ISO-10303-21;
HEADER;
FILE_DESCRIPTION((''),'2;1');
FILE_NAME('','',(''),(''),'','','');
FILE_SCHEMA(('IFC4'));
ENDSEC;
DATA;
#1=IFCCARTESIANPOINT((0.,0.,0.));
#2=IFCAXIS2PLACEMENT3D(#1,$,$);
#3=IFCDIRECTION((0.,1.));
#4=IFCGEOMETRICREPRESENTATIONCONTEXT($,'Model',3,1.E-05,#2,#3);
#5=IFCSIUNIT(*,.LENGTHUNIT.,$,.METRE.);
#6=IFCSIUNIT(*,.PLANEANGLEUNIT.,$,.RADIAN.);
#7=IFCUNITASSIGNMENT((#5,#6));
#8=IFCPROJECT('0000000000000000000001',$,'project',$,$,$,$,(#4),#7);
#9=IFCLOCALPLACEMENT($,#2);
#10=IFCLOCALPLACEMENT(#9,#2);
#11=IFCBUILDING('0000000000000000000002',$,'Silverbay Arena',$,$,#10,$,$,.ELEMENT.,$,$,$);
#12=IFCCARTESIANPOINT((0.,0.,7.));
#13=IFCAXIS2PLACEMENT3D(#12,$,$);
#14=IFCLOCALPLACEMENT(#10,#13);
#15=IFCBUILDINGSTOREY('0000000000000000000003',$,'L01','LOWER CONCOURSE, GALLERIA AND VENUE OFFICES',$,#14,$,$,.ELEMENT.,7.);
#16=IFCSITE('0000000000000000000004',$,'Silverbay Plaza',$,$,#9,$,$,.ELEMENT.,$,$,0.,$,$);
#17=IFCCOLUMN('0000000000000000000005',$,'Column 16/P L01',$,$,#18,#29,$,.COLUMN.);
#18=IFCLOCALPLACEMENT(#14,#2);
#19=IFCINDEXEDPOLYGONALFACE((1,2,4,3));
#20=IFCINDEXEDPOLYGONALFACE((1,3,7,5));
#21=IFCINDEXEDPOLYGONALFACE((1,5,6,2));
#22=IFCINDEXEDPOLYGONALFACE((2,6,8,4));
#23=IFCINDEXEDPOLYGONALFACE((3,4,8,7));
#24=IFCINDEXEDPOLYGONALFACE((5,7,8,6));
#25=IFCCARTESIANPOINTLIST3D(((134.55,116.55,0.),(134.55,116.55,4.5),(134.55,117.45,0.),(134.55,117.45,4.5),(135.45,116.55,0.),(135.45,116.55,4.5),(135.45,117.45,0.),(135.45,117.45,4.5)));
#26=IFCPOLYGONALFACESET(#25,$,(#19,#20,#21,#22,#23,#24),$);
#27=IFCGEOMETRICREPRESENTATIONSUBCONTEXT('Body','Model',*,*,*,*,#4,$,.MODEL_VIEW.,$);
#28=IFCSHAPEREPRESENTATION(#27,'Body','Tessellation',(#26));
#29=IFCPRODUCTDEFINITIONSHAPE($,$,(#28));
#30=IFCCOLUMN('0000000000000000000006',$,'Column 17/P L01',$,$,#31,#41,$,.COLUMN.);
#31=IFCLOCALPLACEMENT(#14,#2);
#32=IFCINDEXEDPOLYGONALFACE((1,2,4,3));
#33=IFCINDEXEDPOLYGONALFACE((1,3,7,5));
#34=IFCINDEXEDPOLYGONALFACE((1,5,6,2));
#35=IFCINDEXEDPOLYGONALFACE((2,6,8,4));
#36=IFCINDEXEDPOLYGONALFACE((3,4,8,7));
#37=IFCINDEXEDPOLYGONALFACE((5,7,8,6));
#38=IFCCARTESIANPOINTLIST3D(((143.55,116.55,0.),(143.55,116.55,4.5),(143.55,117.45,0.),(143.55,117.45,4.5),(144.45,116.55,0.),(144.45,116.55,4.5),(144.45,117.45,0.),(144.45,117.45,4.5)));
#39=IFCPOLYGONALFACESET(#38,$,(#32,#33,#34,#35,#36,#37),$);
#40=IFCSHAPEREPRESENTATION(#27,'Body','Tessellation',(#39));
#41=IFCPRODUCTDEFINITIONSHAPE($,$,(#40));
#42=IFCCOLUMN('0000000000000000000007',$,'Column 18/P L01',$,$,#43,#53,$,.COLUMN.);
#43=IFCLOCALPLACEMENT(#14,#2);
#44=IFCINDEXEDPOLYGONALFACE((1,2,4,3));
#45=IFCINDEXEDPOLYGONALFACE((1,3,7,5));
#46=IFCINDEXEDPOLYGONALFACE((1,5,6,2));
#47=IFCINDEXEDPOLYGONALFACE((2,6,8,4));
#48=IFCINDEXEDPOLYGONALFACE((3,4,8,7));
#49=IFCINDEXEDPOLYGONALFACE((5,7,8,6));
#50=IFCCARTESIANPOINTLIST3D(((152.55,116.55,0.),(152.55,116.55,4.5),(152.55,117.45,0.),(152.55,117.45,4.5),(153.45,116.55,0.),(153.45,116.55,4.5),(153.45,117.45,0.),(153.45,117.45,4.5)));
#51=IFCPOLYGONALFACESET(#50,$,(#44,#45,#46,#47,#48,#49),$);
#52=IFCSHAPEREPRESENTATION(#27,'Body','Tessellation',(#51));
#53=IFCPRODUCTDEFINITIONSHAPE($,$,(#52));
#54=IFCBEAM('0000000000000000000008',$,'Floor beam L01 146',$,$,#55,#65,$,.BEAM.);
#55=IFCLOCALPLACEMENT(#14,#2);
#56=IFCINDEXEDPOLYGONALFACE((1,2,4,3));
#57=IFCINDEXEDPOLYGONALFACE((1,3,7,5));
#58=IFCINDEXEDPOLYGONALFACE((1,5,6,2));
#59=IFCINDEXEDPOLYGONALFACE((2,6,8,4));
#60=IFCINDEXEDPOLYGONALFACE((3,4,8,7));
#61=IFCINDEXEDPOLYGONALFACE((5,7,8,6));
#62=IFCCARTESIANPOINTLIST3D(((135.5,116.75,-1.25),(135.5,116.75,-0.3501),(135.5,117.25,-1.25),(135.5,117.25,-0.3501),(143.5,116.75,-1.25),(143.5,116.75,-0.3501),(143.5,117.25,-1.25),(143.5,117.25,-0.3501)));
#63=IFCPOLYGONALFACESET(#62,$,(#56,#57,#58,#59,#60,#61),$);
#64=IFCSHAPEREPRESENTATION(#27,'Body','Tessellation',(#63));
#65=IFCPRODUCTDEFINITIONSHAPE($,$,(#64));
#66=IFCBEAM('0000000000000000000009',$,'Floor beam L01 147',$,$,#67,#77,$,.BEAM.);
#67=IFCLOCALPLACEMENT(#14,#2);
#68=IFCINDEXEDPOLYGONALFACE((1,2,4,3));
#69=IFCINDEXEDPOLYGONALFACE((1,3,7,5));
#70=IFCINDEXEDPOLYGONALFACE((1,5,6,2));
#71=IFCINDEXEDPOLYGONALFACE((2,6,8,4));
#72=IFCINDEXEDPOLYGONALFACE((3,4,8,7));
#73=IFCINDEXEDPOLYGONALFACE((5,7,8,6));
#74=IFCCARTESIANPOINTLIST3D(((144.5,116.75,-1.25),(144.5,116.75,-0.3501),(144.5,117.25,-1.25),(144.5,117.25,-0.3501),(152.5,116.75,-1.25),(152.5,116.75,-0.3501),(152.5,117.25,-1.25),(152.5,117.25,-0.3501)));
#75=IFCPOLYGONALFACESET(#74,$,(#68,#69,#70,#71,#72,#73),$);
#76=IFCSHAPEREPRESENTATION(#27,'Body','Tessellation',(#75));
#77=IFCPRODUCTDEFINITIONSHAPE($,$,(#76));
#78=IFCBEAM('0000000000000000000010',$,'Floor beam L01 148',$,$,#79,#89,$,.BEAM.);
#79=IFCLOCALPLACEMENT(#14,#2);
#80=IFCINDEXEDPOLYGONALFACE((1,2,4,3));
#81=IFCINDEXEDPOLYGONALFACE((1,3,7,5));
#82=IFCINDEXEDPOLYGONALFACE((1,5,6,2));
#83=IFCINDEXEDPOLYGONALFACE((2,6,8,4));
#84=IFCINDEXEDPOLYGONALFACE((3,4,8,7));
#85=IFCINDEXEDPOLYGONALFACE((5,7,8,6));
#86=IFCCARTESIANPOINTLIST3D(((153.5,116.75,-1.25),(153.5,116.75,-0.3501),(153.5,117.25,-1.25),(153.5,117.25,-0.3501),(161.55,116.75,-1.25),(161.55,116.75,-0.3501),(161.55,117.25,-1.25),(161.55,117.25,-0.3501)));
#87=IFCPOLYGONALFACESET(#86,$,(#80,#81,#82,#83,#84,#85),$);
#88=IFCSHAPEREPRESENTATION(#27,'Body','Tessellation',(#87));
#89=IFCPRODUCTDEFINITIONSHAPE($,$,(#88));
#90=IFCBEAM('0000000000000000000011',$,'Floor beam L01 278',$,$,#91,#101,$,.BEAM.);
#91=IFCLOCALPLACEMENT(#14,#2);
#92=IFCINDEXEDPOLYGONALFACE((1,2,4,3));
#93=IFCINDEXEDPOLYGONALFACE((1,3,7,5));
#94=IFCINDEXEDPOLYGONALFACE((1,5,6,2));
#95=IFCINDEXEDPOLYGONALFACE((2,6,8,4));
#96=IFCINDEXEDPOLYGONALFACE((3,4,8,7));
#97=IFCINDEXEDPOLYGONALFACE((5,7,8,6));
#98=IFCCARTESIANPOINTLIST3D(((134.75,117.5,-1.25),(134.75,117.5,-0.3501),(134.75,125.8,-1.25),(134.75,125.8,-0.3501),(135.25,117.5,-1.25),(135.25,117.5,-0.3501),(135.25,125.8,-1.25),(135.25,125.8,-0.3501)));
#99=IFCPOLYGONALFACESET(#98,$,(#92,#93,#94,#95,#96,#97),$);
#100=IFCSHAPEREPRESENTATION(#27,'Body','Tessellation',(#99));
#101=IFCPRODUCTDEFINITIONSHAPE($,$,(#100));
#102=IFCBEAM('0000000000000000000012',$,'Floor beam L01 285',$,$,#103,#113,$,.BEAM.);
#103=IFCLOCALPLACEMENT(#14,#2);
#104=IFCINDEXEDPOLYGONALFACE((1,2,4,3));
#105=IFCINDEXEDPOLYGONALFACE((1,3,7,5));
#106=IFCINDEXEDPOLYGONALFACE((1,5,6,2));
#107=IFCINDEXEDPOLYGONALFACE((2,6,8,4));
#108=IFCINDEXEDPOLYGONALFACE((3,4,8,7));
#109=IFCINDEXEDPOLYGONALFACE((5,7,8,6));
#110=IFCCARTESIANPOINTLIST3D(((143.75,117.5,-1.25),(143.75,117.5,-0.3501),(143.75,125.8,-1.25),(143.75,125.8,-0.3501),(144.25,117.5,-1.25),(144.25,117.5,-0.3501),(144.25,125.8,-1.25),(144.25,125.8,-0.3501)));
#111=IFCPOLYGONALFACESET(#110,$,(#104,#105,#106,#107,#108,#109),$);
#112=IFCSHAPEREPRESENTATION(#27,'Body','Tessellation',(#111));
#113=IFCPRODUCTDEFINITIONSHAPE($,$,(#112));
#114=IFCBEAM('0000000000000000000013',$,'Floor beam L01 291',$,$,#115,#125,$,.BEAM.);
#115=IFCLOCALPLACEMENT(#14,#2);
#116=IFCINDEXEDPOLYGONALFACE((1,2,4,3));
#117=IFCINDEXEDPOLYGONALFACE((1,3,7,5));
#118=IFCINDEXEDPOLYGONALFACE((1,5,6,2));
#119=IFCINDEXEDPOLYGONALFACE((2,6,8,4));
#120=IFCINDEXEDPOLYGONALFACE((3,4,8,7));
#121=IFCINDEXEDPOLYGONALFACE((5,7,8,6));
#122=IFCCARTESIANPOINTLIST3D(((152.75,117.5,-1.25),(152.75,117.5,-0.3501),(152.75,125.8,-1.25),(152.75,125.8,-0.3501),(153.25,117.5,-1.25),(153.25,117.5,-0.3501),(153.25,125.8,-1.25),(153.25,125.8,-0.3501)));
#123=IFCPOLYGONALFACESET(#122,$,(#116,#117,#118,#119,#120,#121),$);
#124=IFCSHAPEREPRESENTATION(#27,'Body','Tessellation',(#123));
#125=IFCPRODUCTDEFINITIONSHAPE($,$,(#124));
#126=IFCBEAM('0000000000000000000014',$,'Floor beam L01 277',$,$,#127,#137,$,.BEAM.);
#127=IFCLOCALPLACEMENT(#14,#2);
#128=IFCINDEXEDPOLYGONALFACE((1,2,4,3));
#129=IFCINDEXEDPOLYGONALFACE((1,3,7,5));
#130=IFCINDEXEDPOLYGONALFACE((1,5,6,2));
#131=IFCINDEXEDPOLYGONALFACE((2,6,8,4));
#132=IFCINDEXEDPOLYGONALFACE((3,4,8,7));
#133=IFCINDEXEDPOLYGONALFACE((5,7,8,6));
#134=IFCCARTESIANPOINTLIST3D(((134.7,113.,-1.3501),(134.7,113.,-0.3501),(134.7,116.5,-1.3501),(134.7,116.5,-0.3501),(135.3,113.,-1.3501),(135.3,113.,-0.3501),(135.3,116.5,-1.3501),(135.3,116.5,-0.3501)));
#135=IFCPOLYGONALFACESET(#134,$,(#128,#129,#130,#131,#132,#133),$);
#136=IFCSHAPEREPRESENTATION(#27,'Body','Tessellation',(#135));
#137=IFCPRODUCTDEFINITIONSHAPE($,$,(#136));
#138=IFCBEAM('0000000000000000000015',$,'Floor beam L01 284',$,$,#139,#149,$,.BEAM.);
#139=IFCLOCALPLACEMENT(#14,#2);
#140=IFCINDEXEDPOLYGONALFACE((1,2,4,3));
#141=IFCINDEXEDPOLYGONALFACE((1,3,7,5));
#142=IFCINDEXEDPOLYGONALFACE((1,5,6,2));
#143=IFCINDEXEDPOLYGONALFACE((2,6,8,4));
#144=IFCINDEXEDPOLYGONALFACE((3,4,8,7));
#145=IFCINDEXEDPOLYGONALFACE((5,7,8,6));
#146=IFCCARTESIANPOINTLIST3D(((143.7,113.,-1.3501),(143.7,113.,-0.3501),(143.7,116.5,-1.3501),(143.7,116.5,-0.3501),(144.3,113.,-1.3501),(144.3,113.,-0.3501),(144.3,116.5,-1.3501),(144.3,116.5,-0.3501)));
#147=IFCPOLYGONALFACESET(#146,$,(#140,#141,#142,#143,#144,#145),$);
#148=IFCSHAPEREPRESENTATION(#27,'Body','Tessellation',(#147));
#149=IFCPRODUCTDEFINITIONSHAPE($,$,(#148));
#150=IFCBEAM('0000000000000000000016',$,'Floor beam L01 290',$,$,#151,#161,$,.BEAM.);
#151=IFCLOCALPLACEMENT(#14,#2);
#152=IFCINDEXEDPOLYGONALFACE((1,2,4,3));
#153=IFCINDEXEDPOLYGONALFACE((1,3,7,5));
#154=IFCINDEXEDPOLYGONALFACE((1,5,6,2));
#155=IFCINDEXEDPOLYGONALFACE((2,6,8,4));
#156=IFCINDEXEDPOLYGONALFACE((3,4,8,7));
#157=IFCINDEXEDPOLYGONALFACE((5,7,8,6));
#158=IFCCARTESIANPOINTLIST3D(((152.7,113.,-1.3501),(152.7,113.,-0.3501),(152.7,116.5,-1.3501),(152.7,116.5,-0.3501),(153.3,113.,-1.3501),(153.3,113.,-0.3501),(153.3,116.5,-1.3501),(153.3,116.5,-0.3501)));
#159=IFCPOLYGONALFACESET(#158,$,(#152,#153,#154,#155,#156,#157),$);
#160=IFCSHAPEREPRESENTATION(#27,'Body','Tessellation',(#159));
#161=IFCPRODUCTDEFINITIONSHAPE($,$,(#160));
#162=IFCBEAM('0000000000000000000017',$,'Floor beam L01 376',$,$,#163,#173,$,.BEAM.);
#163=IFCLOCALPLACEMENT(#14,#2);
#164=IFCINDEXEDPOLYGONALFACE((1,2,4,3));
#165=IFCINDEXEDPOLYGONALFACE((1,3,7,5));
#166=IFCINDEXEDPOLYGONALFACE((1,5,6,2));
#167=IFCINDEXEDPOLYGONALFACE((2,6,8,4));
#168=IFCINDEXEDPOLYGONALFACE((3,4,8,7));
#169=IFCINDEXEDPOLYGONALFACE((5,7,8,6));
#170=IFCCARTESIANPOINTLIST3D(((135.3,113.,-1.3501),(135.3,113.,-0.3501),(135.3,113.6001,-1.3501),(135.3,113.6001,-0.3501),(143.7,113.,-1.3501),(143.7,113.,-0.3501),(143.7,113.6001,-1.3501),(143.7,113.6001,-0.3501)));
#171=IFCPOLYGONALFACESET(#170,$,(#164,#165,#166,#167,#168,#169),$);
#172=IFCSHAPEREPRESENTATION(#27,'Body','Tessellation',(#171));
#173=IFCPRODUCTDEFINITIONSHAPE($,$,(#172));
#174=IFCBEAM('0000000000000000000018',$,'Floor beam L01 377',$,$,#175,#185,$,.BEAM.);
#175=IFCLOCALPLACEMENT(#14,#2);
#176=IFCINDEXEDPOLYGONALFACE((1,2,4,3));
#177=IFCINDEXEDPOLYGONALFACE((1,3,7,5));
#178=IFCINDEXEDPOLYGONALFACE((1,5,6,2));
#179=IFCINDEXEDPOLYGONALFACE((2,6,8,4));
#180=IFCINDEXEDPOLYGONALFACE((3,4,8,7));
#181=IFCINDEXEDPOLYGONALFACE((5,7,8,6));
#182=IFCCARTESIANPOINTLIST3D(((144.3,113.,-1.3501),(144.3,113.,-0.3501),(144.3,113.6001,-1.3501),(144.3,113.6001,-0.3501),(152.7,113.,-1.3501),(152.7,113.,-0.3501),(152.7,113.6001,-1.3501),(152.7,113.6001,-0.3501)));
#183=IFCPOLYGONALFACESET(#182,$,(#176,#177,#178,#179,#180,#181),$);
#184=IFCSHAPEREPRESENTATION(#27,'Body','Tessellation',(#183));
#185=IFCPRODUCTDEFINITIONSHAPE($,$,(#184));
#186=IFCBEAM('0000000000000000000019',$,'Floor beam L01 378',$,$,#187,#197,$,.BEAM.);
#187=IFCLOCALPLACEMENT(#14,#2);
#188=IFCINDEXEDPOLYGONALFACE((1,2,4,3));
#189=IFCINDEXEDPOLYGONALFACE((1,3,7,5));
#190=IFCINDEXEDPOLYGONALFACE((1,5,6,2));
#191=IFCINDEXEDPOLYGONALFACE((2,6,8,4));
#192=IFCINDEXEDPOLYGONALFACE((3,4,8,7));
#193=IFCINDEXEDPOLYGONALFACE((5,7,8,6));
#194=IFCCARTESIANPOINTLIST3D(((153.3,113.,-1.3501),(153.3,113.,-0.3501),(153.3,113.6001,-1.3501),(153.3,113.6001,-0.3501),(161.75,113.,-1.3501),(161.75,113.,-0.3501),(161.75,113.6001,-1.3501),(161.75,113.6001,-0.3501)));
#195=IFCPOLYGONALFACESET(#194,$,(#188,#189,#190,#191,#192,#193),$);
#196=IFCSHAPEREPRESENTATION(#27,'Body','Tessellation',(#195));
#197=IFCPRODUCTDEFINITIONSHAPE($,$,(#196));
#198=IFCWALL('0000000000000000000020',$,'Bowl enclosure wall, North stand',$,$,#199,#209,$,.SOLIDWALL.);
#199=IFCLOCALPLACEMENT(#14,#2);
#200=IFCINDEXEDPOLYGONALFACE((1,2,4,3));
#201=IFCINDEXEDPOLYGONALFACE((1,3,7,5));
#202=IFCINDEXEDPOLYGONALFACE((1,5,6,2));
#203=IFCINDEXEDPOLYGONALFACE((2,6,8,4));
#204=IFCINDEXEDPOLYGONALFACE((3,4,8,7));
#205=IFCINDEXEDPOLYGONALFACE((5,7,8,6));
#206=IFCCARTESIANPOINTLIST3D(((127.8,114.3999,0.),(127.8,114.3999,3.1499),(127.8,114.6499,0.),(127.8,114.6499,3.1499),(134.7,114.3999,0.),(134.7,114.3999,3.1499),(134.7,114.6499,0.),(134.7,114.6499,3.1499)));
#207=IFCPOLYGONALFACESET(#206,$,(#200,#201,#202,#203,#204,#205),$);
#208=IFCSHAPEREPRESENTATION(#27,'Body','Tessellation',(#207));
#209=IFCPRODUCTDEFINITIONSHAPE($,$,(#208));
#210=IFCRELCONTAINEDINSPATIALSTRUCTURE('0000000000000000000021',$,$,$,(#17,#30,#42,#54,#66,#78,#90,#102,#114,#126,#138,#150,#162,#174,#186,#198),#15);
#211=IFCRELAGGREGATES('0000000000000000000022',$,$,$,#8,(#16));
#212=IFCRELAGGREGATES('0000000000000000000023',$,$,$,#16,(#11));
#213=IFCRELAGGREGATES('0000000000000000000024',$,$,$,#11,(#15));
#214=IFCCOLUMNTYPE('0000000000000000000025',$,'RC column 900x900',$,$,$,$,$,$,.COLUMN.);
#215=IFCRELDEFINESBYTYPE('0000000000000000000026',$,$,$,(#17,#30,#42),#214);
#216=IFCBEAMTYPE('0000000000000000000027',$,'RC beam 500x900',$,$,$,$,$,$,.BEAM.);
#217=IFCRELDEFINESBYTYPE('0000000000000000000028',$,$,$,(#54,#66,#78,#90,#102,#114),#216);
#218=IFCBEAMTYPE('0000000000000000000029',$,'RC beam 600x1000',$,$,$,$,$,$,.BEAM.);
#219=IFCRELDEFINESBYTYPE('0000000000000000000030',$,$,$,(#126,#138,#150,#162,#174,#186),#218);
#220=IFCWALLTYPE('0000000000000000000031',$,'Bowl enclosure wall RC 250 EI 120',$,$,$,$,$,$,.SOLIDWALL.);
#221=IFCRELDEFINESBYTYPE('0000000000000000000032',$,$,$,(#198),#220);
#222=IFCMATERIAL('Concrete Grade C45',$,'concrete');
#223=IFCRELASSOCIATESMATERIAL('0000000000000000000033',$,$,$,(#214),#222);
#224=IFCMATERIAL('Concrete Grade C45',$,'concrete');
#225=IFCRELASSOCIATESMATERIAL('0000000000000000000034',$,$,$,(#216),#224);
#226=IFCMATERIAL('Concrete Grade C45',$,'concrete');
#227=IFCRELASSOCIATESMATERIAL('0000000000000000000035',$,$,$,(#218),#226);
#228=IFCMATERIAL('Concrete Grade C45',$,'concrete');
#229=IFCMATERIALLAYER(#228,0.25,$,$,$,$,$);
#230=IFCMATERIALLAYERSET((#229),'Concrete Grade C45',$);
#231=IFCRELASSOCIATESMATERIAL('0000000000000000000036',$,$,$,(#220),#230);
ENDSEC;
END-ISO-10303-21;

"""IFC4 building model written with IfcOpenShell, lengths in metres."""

from ifc_helpers import new_model, si_unit, direction, frame, frame_2d, origin, origin_2d, place, context, subcontext, project, spatial, rectangle, extrude, material, layer, layer_set, material_profile, profile_set, type_object, element, save


model = new_model("IFC4")

# Units and contexts
model_context = context("Model", 3, precision=1e-05, world=origin(), true_north=direction((0.0, 1.0)))
body_context = subcontext(model_context, "Body", "Model", "MODEL_VIEW")
ifc_project = project(units=[si_unit("LENGTHUNIT", "METRE"), si_unit("PLANEANGLEUNIT", "RADIAN")], contexts=[model_context])

# Site, building, storey
site_placement = place(None, origin())
site = spatial("IfcSite", under=ifc_project, at=site_placement, Name="Silverbay Plaza", CompositionType="ELEMENT", RefElevation=0.0)
building_placement = place(site_placement, origin())
building = spatial("IfcBuilding", under=site, at=building_placement, Name="Silverbay Arena", CompositionType="ELEMENT")
storey_placement = place(building_placement, frame((0.0, 0.0, 7.0)))
storey = spatial("IfcBuildingStorey", under=building, at=storey_placement, Name="L01", Description="LOWER CONCOURSE, GALLERIA AND VENUE OFFICES", CompositionType="ELEMENT", Elevation=7.0)

# Columns
ifc_material_1 = material(Name="Concrete Grade C45", Category="concrete")
ifc_material_profile_1 = material_profile(ifc_material_1, rectangle(XDim=0.8999, YDim=0.8999, at=origin_2d()), Name="RC 900x900")
ifc_profile_set_1 = profile_set([ifc_material_profile_1], Name="Concrete Grade C45")
column_type = type_object("IfcColumnType", Name="RC column 900x900", PredefinedType="COLUMN", material=ifc_profile_set_1)
for number, where, z_axis, x_axis, name in (
    (1, (135.0, 117.0, 0.0), (0.0, 0.0, 1.0), (1.0, 0.0, 0.0), "Column 16/P L01"),
    (2, (144.0, 117.0, 0.0), (0.0, 0.0, 1.0), (1.0, 0.0, 0.0), "Column 17/P L01"),
    (3, (153.0, 117.0, 0.0), (0.0, 0.0, 1.0), (1.0, 0.0, 0.0), "Column 18/P L01"),
):
    element("IfcColumn", number, at=place(storey_placement, frame(where, z_axis=z_axis, x_axis=x_axis)), inside=storey, type_object=column_type, Name=name, PredefinedType="COLUMN", context=body_context, shape_type="SweptSolid", body=[
        extrude(rectangle(XDim=0.8999, YDim=0.8999, at=origin_2d()), origin(), (0.0, 0.0, 1.0), 4.5),
    ])

# Beams
ifc_material_2 = material(Name="Concrete Grade C45", Category="concrete")
ifc_material_profile_2 = material_profile(ifc_material_2, rectangle(XDim=0.5, YDim=0.8999, at=origin_2d()), Name="RC 500x900")
ifc_profile_set_2 = profile_set([ifc_material_profile_2], Name="Concrete Grade C45")
beam_type_1 = type_object("IfcBeamType", Name="RC beam 500x900", PredefinedType="BEAM", material=ifc_profile_set_2)
for number, where, z_axis, x_axis, name in (
    (4, (135.5, 117.0, -0.8), (1.0, 0.0, 0.0), (0.0, 1.0, 0.0), "Floor beam L01 146"),
    (5, (144.5, 117.0, -0.8), (1.0, 0.0, 0.0), (0.0, 1.0, 0.0), "Floor beam L01 147"),
):
    element("IfcBeam", number, at=place(storey_placement, frame(where, z_axis=z_axis, x_axis=x_axis)), inside=storey, type_object=beam_type_1, Name=name, PredefinedType="BEAM", context=body_context, shape_type="SweptSolid", body=[
        extrude(rectangle(XDim=0.5, YDim=0.8999, at=origin_2d()), origin(), (0.0, 0.0, 1.0), 8.0),
    ])
beam_1_placement = place(storey_placement, frame((153.5, 117.0, -0.8), z_axis=(1.0, 0.0, 0.0), x_axis=(0.0, 1.0, 0.0)))
element("IfcBeam", 6, at=beam_1_placement, inside=storey, type_object=beam_type_1, Name="Floor beam L01 148", PredefinedType="BEAM", context=body_context, shape_type="SweptSolid", body=[
    extrude(rectangle(XDim=0.5, YDim=0.8999, at=origin_2d()), origin(), (0.0, 0.0, 1.0), 8.05),
])
for number, where, z_axis, x_axis, name in (
    (7, (135.0, 117.5, -0.8), (0.0, 1.0, 0.0), (-1.0, 0.0, 0.0), "Floor beam L01 278"),
    (8, (144.0, 117.5, -0.8), (0.0, 1.0, 0.0), (-1.0, 0.0, 0.0), "Floor beam L01 285"),
    (9, (153.0, 117.5, -0.8), (0.0, 1.0, 0.0), (-1.0, 0.0, 0.0), "Floor beam L01 291"),
):
    element("IfcBeam", number, at=place(storey_placement, frame(where, z_axis=z_axis, x_axis=x_axis)), inside=storey, type_object=beam_type_1, Name=name, PredefinedType="BEAM", context=body_context, shape_type="SweptSolid", body=[
        extrude(rectangle(XDim=0.5, YDim=0.8999, at=origin_2d()), origin(), (0.0, 0.0, 1.0), 8.3),
    ])
ifc_material_3 = material(Name="Concrete Grade C45", Category="concrete")
ifc_material_profile_3 = material_profile(ifc_material_3, rectangle(XDim=0.6001, YDim=1.0, at=origin_2d()), Name="RC 600x1000")
ifc_profile_set_3 = profile_set([ifc_material_profile_3], Name="Concrete Grade C45")
beam_type_2 = type_object("IfcBeamType", Name="RC beam 600x1000", PredefinedType="BEAM", material=ifc_profile_set_3)
for number, where, z_axis, x_axis, name in (
    (10, (135.0, 113.0, -0.8501), (0.0, 1.0, 0.0), (-1.0, 0.0, 0.0), "Floor beam L01 277"),
    (11, (144.0, 113.0, -0.8501), (0.0, 1.0, 0.0), (-1.0, 0.0, 0.0), "Floor beam L01 284"),
    (12, (153.0, 113.0, -0.8501), (0.0, 1.0, 0.0), (-1.0, 0.0, 0.0), "Floor beam L01 290"),
):
    element("IfcBeam", number, at=place(storey_placement, frame(where, z_axis=z_axis, x_axis=x_axis)), inside=storey, type_object=beam_type_2, Name=name, PredefinedType="BEAM", context=body_context, shape_type="SweptSolid", body=[
        extrude(rectangle(XDim=0.6001, YDim=1.0, at=origin_2d()), origin(), (0.0, 0.0, 1.0), 3.5),
    ])
for number, where, z_axis, x_axis, name in (
    (13, (135.3, 113.3, -0.8501), (1.0, 0.0, 0.0), (0.0, 1.0, 0.0), "Floor beam L01 376"),
    (14, (144.3, 113.3, -0.8501), (1.0, 0.0, 0.0), (0.0, 1.0, 0.0), "Floor beam L01 377"),
):
    element("IfcBeam", number, at=place(storey_placement, frame(where, z_axis=z_axis, x_axis=x_axis)), inside=storey, type_object=beam_type_2, Name=name, PredefinedType="BEAM", context=body_context, shape_type="SweptSolid", body=[
        extrude(rectangle(XDim=0.6001, YDim=1.0, at=origin_2d()), origin(), (0.0, 0.0, 1.0), 8.3999),
    ])
beam_2_placement = place(storey_placement, frame((153.3, 113.3, -0.8501), z_axis=(1.0, 0.0, 0.0), x_axis=(0.0, 1.0, 0.0)))
element("IfcBeam", 15, at=beam_2_placement, inside=storey, type_object=beam_type_2, Name="Floor beam L01 378", PredefinedType="BEAM", context=body_context, shape_type="SweptSolid", body=[
    extrude(rectangle(XDim=0.6001, YDim=1.0, at=origin_2d()), origin(), (0.0, 0.0, 1.0), 8.45),
])

# Shared definitions
ifc_material_4 = material(Name="Concrete Grade C45", Category="concrete")
ifc_layer_1 = layer(ifc_material_4, 0.25)
ifc_layer_set_1 = layer_set([ifc_layer_1], Name="Concrete Grade C45")
wall_type_1 = type_object("IfcWallType", Name="Bowl enclosure wall RC 250 EI 120", PredefinedType="SOLIDWALL", material=ifc_layer_set_1)

# Wall
wall_1_placement = place(storey_placement, frame((127.8, 114.5249, 0.0), z_axis=(0.0, 0.0, 1.0), x_axis=(1.0, 0.0, 0.0)))
element("IfcWall", 16, at=wall_1_placement, inside=storey, type_object=wall_type_1, Name="Bowl enclosure wall, North stand", PredefinedType="SOLIDWALL", context=body_context, shape_type="SweptSolid", body=[
    extrude(rectangle(XDim=6.8999, YDim=0.25, at=frame_2d((3.45, 0.0))), origin(), (0.0, 0.0, 1.0), 3.1499),
])

save(model, "model.ifc")
